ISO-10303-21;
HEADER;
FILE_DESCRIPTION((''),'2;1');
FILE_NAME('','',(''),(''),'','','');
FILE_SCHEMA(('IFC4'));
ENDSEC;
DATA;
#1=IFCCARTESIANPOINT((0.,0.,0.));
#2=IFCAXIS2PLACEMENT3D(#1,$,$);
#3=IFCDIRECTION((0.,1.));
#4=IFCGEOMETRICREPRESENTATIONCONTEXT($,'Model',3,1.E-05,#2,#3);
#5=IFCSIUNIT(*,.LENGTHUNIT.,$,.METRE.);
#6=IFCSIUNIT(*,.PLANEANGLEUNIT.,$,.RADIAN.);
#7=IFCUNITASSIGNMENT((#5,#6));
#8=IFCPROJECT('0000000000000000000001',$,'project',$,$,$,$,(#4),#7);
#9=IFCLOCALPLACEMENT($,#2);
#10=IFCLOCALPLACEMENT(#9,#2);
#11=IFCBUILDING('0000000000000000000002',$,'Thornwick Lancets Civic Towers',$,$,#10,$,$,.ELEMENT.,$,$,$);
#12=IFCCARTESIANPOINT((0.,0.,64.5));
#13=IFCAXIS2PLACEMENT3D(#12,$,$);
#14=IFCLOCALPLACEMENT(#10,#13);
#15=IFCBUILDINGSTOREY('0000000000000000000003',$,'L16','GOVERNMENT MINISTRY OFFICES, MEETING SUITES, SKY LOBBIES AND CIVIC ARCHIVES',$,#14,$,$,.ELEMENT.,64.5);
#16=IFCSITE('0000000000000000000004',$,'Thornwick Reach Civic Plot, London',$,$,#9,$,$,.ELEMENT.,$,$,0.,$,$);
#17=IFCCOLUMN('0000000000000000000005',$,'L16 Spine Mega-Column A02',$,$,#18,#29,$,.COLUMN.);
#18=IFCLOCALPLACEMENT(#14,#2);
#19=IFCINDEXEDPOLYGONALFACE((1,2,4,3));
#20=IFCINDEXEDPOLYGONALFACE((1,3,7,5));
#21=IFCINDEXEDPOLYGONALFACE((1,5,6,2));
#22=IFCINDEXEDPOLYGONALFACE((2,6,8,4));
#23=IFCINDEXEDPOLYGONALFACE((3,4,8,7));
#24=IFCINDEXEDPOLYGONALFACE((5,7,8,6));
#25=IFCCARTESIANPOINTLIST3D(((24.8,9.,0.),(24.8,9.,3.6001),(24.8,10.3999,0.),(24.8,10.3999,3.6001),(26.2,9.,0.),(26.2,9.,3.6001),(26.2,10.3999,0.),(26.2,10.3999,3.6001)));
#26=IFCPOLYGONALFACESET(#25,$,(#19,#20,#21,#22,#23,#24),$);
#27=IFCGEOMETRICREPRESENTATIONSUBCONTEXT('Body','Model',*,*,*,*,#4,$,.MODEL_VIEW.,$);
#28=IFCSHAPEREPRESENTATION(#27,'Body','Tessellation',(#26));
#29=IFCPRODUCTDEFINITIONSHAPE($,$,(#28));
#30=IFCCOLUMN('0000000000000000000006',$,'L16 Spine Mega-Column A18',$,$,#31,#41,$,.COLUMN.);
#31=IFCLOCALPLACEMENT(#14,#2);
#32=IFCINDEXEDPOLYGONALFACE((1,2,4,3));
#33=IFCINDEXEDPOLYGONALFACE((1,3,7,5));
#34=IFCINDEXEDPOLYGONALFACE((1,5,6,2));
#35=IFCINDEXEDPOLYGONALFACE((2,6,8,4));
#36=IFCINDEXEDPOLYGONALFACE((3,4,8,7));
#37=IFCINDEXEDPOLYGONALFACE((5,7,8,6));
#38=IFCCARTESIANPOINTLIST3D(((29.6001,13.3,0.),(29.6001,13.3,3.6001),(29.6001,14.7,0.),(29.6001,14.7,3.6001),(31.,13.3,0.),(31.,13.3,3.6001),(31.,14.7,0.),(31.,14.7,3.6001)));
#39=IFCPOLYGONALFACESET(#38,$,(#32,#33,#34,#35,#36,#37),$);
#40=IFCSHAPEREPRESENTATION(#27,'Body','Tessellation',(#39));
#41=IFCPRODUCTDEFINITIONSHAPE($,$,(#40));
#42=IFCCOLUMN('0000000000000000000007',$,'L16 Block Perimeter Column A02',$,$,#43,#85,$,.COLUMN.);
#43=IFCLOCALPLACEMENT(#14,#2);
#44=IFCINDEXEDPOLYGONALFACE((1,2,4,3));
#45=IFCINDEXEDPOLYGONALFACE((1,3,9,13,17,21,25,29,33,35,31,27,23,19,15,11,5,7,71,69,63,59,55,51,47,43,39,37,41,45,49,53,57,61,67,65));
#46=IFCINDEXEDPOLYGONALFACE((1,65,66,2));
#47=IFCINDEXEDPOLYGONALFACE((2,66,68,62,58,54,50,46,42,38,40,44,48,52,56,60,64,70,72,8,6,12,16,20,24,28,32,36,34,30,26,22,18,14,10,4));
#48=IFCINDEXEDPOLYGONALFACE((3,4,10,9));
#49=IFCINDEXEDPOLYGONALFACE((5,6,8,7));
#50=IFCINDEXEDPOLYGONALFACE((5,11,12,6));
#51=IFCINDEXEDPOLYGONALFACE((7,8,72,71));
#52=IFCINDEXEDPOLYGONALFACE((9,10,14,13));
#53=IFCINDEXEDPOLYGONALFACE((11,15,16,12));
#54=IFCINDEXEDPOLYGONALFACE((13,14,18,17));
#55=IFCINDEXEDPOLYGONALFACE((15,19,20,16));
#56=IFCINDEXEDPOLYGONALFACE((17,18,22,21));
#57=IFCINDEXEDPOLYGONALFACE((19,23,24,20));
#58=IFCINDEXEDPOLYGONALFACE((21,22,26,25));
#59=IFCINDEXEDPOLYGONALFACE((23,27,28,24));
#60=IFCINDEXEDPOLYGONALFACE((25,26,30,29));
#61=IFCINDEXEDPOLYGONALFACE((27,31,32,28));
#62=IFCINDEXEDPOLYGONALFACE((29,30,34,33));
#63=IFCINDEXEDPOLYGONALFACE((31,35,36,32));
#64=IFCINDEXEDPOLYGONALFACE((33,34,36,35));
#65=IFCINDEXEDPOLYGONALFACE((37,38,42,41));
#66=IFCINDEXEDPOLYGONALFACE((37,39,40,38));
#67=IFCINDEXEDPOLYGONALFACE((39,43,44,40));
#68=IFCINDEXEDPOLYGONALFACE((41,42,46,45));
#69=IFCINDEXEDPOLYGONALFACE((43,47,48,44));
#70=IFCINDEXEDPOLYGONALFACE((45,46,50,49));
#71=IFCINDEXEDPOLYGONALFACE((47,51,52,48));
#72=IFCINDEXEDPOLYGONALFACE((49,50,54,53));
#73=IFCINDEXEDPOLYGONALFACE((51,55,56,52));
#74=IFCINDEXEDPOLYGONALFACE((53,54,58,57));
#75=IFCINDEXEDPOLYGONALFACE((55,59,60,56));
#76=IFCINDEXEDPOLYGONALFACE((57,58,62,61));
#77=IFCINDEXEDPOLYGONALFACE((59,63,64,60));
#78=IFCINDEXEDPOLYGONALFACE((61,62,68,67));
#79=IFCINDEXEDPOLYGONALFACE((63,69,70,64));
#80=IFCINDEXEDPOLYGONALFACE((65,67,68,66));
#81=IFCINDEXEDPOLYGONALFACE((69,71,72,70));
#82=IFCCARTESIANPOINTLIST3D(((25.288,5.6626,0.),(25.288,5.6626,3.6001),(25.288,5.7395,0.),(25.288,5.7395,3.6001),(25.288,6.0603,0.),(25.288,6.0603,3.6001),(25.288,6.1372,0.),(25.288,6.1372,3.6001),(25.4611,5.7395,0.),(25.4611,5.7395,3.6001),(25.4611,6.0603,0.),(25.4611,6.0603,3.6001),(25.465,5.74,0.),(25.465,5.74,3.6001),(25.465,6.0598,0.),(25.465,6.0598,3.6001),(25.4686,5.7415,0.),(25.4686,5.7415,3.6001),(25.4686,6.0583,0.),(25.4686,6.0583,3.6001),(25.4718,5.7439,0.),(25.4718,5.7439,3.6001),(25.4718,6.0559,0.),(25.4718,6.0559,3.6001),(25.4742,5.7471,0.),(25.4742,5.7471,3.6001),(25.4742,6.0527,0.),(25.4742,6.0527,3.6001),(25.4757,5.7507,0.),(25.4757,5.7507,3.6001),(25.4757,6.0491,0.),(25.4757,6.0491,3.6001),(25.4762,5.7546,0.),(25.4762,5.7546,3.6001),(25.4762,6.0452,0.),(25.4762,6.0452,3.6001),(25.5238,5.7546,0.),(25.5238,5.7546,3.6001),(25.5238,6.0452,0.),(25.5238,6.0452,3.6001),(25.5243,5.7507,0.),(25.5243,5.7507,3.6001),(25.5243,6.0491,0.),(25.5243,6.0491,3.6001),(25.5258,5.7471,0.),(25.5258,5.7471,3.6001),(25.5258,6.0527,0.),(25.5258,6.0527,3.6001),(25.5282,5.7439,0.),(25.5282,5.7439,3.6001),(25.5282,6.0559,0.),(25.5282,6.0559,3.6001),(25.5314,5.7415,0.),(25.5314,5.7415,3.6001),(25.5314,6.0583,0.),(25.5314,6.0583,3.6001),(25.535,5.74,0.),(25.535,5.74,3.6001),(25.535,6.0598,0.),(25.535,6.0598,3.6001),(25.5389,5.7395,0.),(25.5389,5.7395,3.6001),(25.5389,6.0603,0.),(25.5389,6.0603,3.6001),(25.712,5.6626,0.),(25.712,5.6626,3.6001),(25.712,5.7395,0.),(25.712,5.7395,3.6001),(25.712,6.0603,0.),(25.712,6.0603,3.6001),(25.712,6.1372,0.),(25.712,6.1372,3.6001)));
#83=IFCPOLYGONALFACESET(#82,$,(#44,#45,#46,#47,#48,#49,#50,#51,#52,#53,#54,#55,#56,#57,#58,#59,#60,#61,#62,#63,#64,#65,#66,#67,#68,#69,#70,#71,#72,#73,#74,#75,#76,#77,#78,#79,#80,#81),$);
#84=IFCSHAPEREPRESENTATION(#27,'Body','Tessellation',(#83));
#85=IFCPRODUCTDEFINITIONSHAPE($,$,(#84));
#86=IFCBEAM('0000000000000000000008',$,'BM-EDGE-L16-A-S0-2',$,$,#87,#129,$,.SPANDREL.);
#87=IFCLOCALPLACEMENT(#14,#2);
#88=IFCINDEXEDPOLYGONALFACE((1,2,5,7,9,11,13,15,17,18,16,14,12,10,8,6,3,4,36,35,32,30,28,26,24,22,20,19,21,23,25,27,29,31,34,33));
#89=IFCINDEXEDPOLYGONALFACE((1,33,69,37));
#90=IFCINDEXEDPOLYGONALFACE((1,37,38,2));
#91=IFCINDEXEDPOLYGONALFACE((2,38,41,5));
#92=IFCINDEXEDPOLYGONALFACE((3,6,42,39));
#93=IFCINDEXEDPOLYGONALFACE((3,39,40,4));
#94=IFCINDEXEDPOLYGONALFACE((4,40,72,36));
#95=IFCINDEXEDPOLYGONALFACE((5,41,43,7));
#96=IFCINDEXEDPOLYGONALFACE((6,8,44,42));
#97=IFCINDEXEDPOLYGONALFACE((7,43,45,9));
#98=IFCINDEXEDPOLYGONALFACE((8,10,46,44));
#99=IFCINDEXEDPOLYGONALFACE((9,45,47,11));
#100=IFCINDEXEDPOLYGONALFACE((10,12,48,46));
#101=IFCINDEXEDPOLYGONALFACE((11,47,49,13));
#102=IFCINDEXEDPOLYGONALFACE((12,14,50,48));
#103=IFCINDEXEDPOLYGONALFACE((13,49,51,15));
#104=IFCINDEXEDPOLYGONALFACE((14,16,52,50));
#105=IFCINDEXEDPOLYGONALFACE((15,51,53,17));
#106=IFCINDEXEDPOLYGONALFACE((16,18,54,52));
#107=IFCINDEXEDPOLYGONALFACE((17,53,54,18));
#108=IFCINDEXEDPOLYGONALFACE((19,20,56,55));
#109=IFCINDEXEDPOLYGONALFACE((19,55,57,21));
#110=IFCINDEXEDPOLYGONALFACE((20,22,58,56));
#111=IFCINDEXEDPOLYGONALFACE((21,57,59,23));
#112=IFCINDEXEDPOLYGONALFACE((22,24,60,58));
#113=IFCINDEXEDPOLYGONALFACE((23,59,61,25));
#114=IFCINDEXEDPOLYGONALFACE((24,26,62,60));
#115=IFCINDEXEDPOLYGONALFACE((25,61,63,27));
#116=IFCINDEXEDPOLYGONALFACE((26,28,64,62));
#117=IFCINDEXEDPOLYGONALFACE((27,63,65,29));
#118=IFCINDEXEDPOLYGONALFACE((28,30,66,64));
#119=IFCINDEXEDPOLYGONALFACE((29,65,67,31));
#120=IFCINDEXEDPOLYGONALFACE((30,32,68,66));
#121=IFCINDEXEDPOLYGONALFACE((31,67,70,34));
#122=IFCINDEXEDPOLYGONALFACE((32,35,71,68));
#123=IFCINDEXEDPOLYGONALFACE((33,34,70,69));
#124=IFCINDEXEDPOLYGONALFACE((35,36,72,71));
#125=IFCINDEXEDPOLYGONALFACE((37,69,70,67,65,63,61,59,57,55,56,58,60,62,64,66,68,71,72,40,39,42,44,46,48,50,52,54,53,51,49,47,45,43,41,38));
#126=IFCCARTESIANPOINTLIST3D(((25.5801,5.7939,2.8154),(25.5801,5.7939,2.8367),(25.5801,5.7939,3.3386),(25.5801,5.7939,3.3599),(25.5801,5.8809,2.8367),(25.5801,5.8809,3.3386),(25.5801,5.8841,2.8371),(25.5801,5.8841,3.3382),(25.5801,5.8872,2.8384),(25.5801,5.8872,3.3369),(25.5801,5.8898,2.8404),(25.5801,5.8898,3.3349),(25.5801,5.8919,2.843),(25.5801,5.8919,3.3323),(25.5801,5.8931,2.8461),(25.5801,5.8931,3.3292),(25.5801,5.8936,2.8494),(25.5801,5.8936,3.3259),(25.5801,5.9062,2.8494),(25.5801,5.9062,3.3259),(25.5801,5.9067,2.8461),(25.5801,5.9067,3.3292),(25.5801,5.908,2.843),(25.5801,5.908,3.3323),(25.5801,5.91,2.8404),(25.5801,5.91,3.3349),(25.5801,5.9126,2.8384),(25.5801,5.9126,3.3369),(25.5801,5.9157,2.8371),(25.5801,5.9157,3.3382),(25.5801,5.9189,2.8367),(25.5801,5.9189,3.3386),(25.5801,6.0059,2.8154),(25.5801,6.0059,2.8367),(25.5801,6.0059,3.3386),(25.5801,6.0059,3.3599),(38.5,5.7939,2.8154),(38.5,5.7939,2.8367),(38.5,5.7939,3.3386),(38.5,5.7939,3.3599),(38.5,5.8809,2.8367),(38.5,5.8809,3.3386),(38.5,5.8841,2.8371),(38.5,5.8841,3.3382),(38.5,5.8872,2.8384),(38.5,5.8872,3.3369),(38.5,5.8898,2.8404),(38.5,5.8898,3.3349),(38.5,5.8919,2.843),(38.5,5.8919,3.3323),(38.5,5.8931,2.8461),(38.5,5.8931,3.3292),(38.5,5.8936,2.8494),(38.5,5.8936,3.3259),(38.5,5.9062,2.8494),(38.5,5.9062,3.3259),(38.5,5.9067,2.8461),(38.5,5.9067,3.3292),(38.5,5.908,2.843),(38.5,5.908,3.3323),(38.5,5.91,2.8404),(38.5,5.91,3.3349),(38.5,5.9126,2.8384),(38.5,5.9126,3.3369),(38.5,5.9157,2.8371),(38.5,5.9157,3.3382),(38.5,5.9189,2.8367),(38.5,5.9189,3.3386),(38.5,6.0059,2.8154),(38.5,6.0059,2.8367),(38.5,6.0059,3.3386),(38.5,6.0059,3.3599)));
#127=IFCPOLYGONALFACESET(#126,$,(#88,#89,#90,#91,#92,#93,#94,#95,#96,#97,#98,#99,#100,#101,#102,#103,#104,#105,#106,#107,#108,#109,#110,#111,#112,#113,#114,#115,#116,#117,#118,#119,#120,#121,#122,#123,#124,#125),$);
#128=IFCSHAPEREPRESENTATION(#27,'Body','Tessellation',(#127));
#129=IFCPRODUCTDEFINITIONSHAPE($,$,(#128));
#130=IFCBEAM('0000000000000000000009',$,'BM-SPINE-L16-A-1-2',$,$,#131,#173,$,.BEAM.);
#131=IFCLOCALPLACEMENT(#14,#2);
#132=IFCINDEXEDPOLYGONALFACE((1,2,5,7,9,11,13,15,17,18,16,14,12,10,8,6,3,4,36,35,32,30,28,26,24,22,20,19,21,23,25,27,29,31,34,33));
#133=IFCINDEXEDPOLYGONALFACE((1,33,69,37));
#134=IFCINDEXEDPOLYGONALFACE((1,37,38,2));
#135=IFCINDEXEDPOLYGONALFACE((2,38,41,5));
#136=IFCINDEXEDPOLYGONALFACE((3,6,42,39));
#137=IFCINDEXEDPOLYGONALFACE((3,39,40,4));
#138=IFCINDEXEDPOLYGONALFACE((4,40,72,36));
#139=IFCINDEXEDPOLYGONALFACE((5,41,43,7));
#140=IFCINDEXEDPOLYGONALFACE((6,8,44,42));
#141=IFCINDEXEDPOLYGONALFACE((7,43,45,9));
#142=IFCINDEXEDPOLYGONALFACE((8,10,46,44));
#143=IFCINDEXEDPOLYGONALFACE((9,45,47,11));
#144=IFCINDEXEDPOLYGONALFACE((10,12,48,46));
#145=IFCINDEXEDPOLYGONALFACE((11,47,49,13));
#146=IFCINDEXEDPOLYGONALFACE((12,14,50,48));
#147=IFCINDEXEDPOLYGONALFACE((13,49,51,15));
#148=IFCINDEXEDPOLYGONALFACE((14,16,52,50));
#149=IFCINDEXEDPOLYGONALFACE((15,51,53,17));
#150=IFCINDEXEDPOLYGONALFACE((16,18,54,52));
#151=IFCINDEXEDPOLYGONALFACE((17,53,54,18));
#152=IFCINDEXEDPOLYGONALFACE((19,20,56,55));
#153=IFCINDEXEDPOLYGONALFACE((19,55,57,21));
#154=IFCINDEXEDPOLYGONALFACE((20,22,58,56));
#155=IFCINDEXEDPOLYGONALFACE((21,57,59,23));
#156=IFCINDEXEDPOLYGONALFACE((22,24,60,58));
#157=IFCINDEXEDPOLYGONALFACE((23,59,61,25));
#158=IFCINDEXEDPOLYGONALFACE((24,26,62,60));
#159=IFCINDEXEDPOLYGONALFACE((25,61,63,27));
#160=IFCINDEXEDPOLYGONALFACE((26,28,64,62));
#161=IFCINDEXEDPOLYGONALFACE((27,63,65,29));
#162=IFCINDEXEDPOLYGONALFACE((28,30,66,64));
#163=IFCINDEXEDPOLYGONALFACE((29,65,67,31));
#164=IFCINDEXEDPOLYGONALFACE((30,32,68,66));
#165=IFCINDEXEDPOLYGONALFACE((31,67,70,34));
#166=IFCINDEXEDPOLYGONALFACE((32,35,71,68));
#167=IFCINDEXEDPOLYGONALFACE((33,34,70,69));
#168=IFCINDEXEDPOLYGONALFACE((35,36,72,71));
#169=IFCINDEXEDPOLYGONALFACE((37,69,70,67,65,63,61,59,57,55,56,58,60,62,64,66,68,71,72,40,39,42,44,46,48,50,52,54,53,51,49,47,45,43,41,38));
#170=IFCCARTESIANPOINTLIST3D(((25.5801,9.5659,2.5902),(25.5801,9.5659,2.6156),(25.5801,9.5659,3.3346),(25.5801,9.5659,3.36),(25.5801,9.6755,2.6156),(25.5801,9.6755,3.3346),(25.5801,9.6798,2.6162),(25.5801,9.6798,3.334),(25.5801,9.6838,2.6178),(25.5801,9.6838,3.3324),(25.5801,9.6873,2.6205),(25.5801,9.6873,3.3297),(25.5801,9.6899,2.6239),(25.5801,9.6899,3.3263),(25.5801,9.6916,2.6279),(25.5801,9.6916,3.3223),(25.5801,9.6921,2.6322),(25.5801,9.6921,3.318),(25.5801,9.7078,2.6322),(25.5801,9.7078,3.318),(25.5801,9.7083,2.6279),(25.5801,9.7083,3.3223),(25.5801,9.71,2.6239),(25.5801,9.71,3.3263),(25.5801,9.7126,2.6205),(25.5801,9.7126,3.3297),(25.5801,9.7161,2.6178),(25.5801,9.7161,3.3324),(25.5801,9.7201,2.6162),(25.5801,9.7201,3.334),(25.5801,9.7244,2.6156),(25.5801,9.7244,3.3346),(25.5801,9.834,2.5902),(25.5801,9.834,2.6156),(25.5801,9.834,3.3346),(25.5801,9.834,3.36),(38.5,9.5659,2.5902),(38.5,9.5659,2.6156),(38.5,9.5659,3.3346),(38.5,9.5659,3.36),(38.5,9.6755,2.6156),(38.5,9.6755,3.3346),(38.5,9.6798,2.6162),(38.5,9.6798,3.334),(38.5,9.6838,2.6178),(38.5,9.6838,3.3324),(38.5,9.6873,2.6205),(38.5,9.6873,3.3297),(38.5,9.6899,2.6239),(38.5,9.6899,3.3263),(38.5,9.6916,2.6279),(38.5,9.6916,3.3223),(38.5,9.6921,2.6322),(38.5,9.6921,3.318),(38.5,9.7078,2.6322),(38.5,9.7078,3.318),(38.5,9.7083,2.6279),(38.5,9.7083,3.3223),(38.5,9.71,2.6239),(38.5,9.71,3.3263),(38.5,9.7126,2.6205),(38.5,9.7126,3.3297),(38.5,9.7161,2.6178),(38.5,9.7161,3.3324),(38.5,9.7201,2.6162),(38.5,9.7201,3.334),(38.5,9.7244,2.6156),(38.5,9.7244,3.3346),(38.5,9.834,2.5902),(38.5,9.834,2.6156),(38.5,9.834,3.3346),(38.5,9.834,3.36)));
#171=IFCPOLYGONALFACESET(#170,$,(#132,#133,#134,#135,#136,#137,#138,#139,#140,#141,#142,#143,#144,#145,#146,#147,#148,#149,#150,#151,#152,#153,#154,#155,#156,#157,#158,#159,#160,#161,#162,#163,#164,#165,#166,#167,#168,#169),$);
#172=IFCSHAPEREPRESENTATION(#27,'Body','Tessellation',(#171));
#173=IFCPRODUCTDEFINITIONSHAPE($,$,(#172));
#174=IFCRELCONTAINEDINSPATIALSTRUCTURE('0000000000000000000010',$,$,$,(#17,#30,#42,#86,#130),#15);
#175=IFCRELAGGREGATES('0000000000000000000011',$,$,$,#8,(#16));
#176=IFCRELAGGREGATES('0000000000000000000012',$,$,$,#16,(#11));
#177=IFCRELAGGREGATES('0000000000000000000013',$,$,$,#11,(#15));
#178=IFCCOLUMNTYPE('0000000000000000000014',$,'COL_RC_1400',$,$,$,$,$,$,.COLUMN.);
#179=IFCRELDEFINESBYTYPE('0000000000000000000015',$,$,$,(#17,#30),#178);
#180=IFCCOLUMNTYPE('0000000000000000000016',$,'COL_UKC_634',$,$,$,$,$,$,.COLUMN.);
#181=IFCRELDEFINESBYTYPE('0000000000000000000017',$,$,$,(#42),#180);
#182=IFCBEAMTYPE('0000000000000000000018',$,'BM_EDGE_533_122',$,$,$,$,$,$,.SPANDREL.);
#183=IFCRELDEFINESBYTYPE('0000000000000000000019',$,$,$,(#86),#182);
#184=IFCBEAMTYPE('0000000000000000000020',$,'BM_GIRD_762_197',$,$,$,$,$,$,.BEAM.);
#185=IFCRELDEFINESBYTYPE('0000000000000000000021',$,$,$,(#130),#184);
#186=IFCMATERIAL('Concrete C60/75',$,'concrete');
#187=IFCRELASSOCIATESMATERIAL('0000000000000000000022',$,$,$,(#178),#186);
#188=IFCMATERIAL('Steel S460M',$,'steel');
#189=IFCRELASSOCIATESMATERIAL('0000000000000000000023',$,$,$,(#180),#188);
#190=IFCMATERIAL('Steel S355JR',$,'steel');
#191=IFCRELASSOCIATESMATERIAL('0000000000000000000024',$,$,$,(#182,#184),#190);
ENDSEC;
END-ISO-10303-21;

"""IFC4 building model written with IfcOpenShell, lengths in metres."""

from ifc_helpers import new_model, si_unit, direction, frame, origin, origin_2d, place, context, subcontext, project, spatial, rectangle, i_section, extrude, material, material_profile, profile_set, type_object, element, save


model = new_model("IFC4")

# Units and contexts
model_context = context("Model", 3, precision=1e-05, world=origin(), true_north=direction((0.0, 1.0)))
body_context = subcontext(model_context, "Body", "Model", "MODEL_VIEW")
ifc_project = project(units=[si_unit("LENGTHUNIT", "METRE"), si_unit("PLANEANGLEUNIT", "RADIAN")], contexts=[model_context])

# Site, building, storey
site_placement = place(None, origin())
site = spatial("IfcSite", under=ifc_project, at=site_placement, Name="Thornwick Reach Civic Plot, London", CompositionType="ELEMENT", RefElevation=0.0)
building_placement = place(site_placement, origin())
building = spatial("IfcBuilding", under=site, at=building_placement, Name="Thornwick Lancets Civic Towers", CompositionType="ELEMENT")
storey_placement = place(building_placement, frame((0.0, 0.0, 64.5)))
storey = spatial("IfcBuildingStorey", under=building, at=storey_placement, Name="L16", Description="GOVERNMENT MINISTRY OFFICES, MEETING SUITES, SKY LOBBIES AND CIVIC ARCHIVES", CompositionType="ELEMENT", Elevation=64.5)

# Columns
ifc_material_1 = material(Name="Concrete C60/75", Category="concrete")
ifc_material_profile_1 = material_profile(ifc_material_1, rectangle(XDim=1.3999, YDim=1.3999, at=origin_2d()), Name="RC 1400x1400")
ifc_profile_set_1 = profile_set([ifc_material_profile_1], Name="Concrete C60/75")
column_type_1 = type_object("IfcColumnType", Name="COL_RC_1400", PredefinedType="COLUMN", material=ifc_profile_set_1)
for number, where, z_axis, x_axis, name in (
    (1, (25.5, 9.7, 0.0), (0.0, 0.0, 1.0), (1.0, 0.0, 0.0), "L16 Spine Mega-Column A02"),
    (2, (30.3, 14.0, 0.0), (0.0, 0.0, 1.0), (1.0, 0.0, 0.0), "L16 Spine Mega-Column A18"),
):
    element("IfcColumn", number, at=place(storey_placement, frame(where, z_axis=z_axis, x_axis=x_axis)), inside=storey, type_object=column_type_1, Name=name, PredefinedType="COLUMN", context=body_context, shape_type="SweptSolid", body=[
        extrude(rectangle(XDim=1.3999, YDim=1.3999, at=origin_2d()), origin(), (0.0, 0.0, 1.0), 3.6001),
    ])
ifc_material_2 = material(Name="Steel S460M", Category="steel")
ifc_material_profile_2 = material_profile(ifc_material_2, i_section(OverallWidth=0.4241, OverallDepth=0.4746, WebThickness=0.0476, FlangeThickness=0.0769, FilletRadius=0.0151, at=origin_2d()), Name="UKC 356x406x634")
ifc_profile_set_2 = profile_set([ifc_material_profile_2], Name="Steel S460M")
column_type_2 = type_object("IfcColumnType", Name="COL_UKC_634", PredefinedType="COLUMN", material=ifc_profile_set_2)
column_placement = place(storey_placement, frame((25.5, 5.8999, 0.0), z_axis=(0.0, 0.0, 1.0), x_axis=(1.0, 0.0, 0.0)))
element("IfcColumn", 3, at=column_placement, inside=storey, type_object=column_type_2, Name="L16 Block Perimeter Column A02", PredefinedType="COLUMN", context=body_context, shape_type="SweptSolid", body=[
    extrude(i_section(OverallWidth=0.4241, OverallDepth=0.4746, WebThickness=0.0476, FlangeThickness=0.0769, FilletRadius=0.0151, at=origin_2d()), origin(), (0.0, 0.0, 1.0), 3.6001),
])

# Beams
ifc_material_3 = material(Name="Steel S355JR", Category="steel")
ifc_material_profile_3 = material_profile(ifc_material_3, i_section(OverallWidth=0.2119, OverallDepth=0.5444, WebThickness=0.0127, FlangeThickness=0.0212, FilletRadius=0.0127, at=origin_2d()), Name="UKB 533x210x122")
ifc_profile_set_3 = profile_set([ifc_material_profile_3], Name="Steel S355JR")
beam_type_1 = type_object("IfcBeamType", Name="BM_EDGE_533_122", PredefinedType="SPANDREL", material=ifc_profile_set_3)
beam_1_placement = place(storey_placement, frame((25.5801, 5.8999, 3.0876), z_axis=(1.0, 0.0, 0.0), x_axis=(0.0, 1.0, 0.0)))
element("IfcBeam", 4, at=beam_1_placement, inside=storey, type_object=beam_type_1, Name="BM-EDGE-L16-A-S0-2", PredefinedType="SPANDREL", context=body_context, shape_type="SweptSolid", body=[
    extrude(i_section(OverallWidth=0.2119, OverallDepth=0.5444, WebThickness=0.0127, FlangeThickness=0.0212, FilletRadius=0.0127, at=origin_2d()), origin(), (0.0, 0.0, 1.0), 12.9199),
])
ifc_material_profile_4 = material_profile(ifc_material_3, i_section(OverallWidth=0.2681, OverallDepth=0.7698, WebThickness=0.0156, FlangeThickness=0.0254, FilletRadius=0.0166, at=origin_2d()), Name="UKB 762x267x197")
ifc_profile_set_4 = profile_set([ifc_material_profile_4], Name="Steel S355JR")
beam_type_2 = type_object("IfcBeamType", Name="BM_GIRD_762_197", PredefinedType="BEAM", material=ifc_profile_set_4)
beam_2_placement = place(storey_placement, frame((25.5801, 9.7, 2.9751), z_axis=(1.0, 0.0, 0.0), x_axis=(0.0, 1.0, 0.0)))
element("IfcBeam", 5, at=beam_2_placement, inside=storey, type_object=beam_type_2, Name="BM-SPINE-L16-A-1-2", PredefinedType="BEAM", context=body_context, shape_type="SweptSolid", body=[
    extrude(i_section(OverallWidth=0.2681, OverallDepth=0.7698, WebThickness=0.0156, FlangeThickness=0.0254, FilletRadius=0.0166, at=origin_2d()), origin(), (0.0, 0.0, 1.0), 12.9199),
])

save(model, "model.ifc")
